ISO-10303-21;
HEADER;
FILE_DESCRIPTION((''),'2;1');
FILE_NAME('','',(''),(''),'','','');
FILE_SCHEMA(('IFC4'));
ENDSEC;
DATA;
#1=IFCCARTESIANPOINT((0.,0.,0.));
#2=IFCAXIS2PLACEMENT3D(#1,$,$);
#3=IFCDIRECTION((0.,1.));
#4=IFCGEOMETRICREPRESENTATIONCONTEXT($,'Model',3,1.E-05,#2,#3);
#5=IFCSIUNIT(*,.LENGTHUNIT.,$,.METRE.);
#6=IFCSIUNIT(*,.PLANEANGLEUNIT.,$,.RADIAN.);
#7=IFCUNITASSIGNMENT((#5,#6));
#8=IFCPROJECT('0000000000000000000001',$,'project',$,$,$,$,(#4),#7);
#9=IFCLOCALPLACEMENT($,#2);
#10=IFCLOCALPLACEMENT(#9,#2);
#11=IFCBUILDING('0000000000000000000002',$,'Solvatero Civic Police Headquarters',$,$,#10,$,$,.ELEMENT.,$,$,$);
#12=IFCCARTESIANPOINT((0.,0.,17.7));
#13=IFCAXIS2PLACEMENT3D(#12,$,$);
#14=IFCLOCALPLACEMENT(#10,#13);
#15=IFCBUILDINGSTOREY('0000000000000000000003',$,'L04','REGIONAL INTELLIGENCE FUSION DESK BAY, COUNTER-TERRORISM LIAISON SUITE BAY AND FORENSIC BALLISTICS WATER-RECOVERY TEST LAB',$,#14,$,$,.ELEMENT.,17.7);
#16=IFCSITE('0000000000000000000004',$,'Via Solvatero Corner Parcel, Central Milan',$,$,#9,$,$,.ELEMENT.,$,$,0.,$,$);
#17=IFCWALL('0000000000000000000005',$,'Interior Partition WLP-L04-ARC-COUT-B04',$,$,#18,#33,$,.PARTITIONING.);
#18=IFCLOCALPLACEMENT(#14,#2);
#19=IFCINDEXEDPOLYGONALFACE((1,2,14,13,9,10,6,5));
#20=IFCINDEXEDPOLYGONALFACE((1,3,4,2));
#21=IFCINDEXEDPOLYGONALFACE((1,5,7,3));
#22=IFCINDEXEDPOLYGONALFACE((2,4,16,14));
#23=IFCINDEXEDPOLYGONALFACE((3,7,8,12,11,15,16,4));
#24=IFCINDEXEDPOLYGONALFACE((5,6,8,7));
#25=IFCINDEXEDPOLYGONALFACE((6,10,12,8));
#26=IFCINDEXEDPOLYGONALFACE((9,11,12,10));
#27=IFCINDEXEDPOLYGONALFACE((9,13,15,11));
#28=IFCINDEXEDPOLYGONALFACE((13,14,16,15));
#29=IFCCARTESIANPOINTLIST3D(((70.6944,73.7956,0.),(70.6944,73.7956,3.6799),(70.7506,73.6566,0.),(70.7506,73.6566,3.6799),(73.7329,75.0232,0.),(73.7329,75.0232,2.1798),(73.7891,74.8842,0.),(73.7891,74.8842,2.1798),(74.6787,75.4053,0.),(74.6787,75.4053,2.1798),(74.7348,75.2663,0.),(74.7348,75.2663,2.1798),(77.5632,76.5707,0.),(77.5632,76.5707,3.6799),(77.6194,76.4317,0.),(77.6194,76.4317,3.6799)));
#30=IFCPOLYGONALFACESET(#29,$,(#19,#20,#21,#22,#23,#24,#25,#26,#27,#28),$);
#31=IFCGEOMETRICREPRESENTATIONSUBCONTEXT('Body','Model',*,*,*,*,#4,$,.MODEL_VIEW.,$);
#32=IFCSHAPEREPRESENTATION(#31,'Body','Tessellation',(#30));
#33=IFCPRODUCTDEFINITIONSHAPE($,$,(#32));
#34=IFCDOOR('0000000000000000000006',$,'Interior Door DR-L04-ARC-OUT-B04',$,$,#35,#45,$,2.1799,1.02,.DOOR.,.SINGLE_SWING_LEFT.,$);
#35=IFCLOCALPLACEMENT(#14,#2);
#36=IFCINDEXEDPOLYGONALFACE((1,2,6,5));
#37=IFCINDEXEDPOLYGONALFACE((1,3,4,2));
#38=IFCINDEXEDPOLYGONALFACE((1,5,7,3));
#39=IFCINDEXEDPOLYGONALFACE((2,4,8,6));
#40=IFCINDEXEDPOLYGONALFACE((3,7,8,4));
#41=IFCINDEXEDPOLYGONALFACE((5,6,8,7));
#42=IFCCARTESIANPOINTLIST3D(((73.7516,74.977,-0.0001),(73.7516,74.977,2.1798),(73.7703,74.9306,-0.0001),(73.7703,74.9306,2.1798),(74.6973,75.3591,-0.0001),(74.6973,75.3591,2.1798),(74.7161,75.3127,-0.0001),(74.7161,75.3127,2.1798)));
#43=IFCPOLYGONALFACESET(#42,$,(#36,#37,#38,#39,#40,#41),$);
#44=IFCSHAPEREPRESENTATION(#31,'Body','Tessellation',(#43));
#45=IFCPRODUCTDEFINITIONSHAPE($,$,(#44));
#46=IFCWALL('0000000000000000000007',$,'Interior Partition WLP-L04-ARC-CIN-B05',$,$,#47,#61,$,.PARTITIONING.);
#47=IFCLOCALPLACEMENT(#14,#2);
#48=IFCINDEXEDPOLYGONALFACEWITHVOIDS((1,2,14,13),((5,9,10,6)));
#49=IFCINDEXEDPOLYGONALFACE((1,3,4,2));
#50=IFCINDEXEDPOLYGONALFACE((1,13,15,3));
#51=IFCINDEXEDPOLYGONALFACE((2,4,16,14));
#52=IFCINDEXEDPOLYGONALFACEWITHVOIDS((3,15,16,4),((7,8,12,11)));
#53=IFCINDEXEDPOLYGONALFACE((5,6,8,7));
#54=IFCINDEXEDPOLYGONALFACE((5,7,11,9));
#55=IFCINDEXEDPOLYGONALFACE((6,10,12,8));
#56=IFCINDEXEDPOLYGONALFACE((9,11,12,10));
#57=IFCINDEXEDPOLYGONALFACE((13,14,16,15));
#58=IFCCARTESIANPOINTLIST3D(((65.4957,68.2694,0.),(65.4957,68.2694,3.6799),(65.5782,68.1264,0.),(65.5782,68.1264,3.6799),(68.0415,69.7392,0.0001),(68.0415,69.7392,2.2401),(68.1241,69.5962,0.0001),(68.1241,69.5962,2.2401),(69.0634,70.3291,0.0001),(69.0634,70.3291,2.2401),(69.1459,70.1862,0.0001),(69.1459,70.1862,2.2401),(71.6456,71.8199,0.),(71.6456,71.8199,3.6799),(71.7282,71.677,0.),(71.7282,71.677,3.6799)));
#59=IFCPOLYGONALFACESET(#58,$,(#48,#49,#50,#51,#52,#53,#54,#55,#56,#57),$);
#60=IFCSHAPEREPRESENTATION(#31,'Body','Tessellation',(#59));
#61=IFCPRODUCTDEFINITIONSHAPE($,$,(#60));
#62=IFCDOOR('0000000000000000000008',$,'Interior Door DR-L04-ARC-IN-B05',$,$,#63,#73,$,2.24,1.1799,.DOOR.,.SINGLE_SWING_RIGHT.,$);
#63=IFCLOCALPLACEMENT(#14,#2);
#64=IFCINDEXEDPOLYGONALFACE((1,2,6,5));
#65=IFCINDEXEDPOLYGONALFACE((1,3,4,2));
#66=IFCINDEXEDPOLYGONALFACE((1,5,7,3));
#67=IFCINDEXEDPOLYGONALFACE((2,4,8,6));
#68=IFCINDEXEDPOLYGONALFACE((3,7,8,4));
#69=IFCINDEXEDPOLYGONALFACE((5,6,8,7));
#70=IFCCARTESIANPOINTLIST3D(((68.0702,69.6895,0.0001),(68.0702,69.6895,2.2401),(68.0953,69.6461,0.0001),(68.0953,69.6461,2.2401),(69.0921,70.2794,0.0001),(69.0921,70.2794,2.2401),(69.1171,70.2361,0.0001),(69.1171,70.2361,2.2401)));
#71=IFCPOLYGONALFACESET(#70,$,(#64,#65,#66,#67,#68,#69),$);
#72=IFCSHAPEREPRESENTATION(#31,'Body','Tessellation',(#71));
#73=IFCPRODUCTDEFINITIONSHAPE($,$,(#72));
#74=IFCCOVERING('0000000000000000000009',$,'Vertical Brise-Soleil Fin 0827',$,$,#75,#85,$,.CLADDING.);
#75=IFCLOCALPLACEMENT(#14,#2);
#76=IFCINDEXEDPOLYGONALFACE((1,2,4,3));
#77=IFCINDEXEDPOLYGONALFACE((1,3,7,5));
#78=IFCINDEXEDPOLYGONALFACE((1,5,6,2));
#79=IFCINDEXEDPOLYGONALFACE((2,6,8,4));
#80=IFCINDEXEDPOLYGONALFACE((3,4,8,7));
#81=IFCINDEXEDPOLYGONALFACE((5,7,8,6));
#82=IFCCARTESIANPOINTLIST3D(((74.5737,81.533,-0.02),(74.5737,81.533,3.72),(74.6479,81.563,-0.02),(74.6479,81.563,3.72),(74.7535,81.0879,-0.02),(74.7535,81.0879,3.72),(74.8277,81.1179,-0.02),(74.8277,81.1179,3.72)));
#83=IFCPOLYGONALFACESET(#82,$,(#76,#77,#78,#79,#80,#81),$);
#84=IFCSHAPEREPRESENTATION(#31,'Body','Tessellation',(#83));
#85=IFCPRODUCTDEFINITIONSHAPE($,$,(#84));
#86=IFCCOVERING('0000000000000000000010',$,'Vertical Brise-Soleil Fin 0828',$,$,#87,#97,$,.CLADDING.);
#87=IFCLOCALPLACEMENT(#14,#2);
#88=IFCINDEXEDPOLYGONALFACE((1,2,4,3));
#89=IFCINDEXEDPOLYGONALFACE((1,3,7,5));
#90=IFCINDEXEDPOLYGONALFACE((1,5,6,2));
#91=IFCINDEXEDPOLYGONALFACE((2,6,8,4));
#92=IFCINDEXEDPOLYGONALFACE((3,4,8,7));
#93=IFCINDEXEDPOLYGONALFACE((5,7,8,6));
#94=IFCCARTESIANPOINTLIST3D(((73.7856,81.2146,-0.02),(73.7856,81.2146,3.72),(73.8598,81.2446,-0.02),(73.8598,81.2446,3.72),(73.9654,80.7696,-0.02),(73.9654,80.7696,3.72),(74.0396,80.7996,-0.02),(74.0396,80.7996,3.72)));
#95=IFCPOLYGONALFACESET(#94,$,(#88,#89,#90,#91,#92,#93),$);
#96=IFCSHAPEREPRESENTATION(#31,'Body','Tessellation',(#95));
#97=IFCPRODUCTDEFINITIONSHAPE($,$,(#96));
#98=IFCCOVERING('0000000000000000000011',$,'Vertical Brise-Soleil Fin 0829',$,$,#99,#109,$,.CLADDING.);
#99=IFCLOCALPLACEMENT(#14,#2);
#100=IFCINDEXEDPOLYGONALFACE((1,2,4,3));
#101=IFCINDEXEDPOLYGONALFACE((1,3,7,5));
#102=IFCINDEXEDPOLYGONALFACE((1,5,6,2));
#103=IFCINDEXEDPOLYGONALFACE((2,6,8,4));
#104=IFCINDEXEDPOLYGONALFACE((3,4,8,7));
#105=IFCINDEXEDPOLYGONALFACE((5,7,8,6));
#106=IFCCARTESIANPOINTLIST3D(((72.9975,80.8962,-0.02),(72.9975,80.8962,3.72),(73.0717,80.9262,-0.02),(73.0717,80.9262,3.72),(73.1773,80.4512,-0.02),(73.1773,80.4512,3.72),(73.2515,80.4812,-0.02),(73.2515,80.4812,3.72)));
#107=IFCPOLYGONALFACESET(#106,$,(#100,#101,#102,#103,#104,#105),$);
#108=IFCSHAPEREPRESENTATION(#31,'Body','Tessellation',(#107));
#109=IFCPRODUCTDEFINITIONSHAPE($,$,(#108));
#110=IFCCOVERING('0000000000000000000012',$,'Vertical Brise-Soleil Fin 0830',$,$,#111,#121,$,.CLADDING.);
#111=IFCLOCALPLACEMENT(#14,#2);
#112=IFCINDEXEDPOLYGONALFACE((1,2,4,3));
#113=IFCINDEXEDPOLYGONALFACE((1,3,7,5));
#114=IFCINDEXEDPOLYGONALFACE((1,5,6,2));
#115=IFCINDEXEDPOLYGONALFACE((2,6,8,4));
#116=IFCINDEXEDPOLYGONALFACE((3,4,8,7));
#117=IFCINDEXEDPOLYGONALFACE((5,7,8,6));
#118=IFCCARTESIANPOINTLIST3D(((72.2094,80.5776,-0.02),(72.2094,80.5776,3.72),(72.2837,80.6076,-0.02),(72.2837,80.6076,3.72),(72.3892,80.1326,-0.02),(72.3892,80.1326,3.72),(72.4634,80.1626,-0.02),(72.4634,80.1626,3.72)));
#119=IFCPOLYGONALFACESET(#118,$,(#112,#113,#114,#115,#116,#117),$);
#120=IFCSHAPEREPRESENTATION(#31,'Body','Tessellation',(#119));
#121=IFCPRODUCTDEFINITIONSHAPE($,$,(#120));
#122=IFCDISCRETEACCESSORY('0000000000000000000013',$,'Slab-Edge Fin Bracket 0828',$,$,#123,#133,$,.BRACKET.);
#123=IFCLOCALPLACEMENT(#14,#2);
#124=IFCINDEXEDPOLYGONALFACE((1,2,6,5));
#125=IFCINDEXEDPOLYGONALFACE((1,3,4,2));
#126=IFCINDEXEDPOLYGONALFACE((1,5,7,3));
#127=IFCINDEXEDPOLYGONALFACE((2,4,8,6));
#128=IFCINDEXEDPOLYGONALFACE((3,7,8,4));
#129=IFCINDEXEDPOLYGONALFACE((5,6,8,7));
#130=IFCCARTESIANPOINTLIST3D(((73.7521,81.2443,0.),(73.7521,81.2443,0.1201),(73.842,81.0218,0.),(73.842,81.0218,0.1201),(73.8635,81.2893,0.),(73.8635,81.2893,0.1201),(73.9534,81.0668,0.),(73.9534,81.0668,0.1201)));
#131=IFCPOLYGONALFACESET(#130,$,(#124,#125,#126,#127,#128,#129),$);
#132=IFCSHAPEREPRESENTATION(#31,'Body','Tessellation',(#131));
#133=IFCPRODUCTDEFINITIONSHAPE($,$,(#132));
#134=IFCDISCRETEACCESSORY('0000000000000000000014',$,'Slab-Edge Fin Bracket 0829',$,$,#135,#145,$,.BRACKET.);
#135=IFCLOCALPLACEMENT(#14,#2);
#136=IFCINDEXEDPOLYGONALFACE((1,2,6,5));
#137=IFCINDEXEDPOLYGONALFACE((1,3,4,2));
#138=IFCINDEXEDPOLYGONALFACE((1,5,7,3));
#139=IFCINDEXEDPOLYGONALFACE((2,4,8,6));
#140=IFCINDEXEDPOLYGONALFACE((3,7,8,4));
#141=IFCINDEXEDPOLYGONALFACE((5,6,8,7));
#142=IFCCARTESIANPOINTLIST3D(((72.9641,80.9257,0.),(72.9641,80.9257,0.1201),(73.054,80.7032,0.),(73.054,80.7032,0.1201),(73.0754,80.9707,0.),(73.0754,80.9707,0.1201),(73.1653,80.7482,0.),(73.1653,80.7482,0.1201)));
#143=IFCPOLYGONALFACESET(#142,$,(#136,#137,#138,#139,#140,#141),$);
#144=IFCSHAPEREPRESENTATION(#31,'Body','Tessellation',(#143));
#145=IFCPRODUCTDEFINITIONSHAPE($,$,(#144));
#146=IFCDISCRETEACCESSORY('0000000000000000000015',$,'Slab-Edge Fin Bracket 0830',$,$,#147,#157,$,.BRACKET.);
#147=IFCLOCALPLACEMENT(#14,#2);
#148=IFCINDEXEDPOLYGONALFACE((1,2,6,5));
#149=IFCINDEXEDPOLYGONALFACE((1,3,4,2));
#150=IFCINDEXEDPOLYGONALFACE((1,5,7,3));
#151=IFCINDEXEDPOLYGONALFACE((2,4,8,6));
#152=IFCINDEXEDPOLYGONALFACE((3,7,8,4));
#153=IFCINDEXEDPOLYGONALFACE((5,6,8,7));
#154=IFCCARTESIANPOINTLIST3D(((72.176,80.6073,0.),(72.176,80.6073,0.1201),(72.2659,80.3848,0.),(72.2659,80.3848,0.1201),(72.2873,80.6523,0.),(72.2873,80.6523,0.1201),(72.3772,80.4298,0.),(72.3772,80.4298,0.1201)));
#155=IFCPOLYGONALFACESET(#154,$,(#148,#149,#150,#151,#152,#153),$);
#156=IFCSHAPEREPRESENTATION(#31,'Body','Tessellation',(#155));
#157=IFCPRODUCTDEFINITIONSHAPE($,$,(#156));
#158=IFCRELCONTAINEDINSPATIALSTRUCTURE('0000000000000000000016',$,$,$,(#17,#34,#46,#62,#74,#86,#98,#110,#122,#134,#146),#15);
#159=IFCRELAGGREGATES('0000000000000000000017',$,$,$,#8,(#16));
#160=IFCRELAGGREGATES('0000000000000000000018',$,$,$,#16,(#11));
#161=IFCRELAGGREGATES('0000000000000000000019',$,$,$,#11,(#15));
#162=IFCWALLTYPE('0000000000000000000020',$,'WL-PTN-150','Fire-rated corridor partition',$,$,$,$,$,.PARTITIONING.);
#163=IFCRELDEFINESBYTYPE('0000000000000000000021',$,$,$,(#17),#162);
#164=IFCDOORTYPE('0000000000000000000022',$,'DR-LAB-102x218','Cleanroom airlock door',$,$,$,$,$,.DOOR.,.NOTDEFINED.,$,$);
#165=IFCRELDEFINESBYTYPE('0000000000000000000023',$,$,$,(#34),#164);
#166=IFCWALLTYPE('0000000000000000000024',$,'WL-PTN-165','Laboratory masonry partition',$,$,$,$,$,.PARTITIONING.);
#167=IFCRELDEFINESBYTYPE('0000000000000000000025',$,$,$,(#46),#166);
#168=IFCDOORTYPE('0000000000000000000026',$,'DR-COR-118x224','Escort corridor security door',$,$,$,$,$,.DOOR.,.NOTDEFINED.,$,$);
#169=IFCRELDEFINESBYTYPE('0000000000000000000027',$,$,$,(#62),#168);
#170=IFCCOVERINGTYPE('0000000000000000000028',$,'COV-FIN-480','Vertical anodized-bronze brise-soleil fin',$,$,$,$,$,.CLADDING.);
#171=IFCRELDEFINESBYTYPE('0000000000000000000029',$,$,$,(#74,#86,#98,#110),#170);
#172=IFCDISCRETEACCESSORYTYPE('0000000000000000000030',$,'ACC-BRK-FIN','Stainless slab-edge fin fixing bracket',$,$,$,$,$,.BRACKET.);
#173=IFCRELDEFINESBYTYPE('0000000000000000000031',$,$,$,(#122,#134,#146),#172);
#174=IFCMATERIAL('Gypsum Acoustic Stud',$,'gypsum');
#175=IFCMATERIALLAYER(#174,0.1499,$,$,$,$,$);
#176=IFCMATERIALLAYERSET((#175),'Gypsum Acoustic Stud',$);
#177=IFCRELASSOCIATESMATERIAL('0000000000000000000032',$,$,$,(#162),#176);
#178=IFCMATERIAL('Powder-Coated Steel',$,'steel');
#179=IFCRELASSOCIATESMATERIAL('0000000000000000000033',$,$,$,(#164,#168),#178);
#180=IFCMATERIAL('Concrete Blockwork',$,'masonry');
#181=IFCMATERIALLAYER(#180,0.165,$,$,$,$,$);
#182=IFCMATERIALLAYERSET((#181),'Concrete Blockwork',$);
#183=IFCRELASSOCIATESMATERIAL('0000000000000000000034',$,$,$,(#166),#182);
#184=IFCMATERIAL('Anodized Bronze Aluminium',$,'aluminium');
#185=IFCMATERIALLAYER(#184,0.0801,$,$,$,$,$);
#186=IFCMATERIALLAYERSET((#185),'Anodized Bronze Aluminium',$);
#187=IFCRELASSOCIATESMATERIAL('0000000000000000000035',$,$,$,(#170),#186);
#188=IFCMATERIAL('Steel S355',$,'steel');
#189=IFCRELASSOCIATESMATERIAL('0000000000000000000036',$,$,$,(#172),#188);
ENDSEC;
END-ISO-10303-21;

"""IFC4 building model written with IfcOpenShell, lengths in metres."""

from ifc_helpers import new_model, si_unit, direction, frame, frame_2d, origin, origin_2d, place, context, subcontext, project, spatial, rectangle, extrude, material, layer, layer_set, type_object, element, fill, save


model = new_model("IFC4")

# Units and contexts
model_context = context("Model", 3, precision=1e-05, world=origin(), true_north=direction((0.0, 1.0)))
body_context = subcontext(model_context, "Body", "Model", "MODEL_VIEW")
ifc_project = project(units=[si_unit("LENGTHUNIT", "METRE"), si_unit("PLANEANGLEUNIT", "RADIAN")], contexts=[model_context])

# Site, building, storey
site_placement = place(None, origin())
site = spatial("IfcSite", under=ifc_project, at=site_placement, Name="Via Solvatero Corner Parcel, Central Milan", CompositionType="ELEMENT", RefElevation=0.0)
building_placement = place(site_placement, origin())
building = spatial("IfcBuilding", under=site, at=building_placement, Name="Solvatero Civic Police Headquarters", CompositionType="ELEMENT")
storey_placement = place(building_placement, frame((0.0, 0.0, 17.7)))
storey = spatial("IfcBuildingStorey", under=building, at=storey_placement, Name="L04", Description="REGIONAL INTELLIGENCE FUSION DESK BAY, COUNTER-TERRORISM LIAISON SUITE BAY AND FORENSIC BALLISTICS WATER-RECOVERY TEST LAB", CompositionType="ELEMENT", Elevation=17.7)

# Shared definitions
ifc_material_1 = material(Name="Steel S355", Category="steel")

# Shared definitions
ifc_material_2 = material(Name="Anodized Bronze Aluminium", Category="aluminium")

# Walls, openings, doors
ifc_material_3 = material(Name="Gypsum Acoustic Stud", Category="gypsum")
ifc_layer_1 = layer(ifc_material_3, 0.1499)
ifc_layer_set_1 = layer_set([ifc_layer_1], Name="Gypsum Acoustic Stud")
wall_type_1 = type_object("IfcWallType", Name="WL-PTN-150", Description="Fire-rated corridor partition", PredefinedType="PARTITIONING", material=ifc_layer_set_1)
ifc_material_4 = material(Name="Powder-Coated Steel", Category="steel")
wall_1_placement = place(storey_placement, frame((77.5913, 76.5012, 0.0), z_axis=(0.0, 0.0, 1.0), x_axis=(-0.927187, -0.374599, 0.0)))
wall_1 = element("IfcWall", 1, at=wall_1_placement, inside=storey, type_object=wall_type_1, Name="Interior Partition WLP-L04-ARC-COUT-B04", PredefinedType="PARTITIONING", context=body_context, shape_type="SweptSolid", body=[
    extrude(rectangle(XDim=7.4082, YDim=0.1499, at=frame_2d((3.7041, 0.0))), origin(), (0.0, 0.0, 1.0), 3.6799),
])
opening_1_placement = place(wall_1_placement, frame((3.1111, 0.0, 0.0)))
opening_1 = element("IfcOpeningElement", 2, at=opening_1_placement, cuts=wall_1, PredefinedType="OPENING", context=body_context, shape_type="SweptSolid", body=[
    extrude(rectangle(XDim=1.02, YDim=2.1799, at=frame_2d((0.51, 1.0898))), frame((0.0, 0.085, 0.0), z_axis=(0.0, -1.0, 0.0), x_axis=(1.0, 0.0, 0.0)), (0.0, 0.0, 1.0), 0.1699),
])
door_type_1 = type_object("IfcDoorType", Name="DR-LAB-102x218", Description="Cleanroom airlock door", OperationType="NOTDEFINED", PredefinedType="DOOR", material=ifc_material_4)
door_1_placement = place(opening_1_placement, origin())
door_1 = element("IfcDoor", 3, at=door_1_placement, inside=storey, type_object=door_type_1, Name="Interior Door DR-L04-ARC-OUT-B04", OperationType="SINGLE_SWING_LEFT", OverallHeight=2.1799, OverallWidth=1.02, PredefinedType="DOOR", context=body_context, shape_type="SweptSolid", body=[
    extrude(rectangle(XDim=1.02, YDim=2.1799, at=frame_2d((0.51, 1.0898))), frame((0.0, 0.0249, 0.0), z_axis=(0.0, -1.0, 0.0), x_axis=(1.0, 0.0, 0.0)), (0.0, 0.0, 1.0), 0.05),
])
fill(opening_1, door_1)
ifc_material_5 = material(Name="Concrete Blockwork", Category="masonry")
ifc_layer_2 = layer(ifc_material_5, 0.165)
ifc_layer_set_2 = layer_set([ifc_layer_2], Name="Concrete Blockwork")
wall_type_2 = type_object("IfcWallType", Name="WL-PTN-165", Description="Laboratory masonry partition", PredefinedType="PARTITIONING", material=ifc_layer_set_2)
wall_2_placement = place(storey_placement, frame((71.687, 71.7485, 0.0), z_axis=(0.0, 0.0, 1.0), x_axis=(-0.866032, -0.499988, 0.0)))
wall_2 = element("IfcWall", 4, at=wall_2_placement, inside=storey, type_object=wall_type_2, Name="Interior Partition WLP-L04-ARC-CIN-B05", PredefinedType="PARTITIONING", context=body_context, shape_type="SweptSolid", body=[
    extrude(rectangle(XDim=7.1013, YDim=0.165, at=frame_2d((3.5508, 0.0))), origin(), (0.0, 0.0, 1.0), 3.6799),
])
opening_2_placement = place(wall_2_placement, frame((2.9819, 0.0, 0.0)))
opening_2 = element("IfcOpeningElement", 5, at=opening_2_placement, cuts=wall_2, PredefinedType="OPENING", context=body_context, shape_type="SweptSolid", body=[
    extrude(rectangle(XDim=1.1799, YDim=2.24, at=frame_2d((0.5898, 1.1201))), frame((0.0, 0.0925, 0.0), z_axis=(0.0, -1.0, 0.0), x_axis=(1.0, 0.0, 0.0)), (0.0, 0.0, 1.0), 0.1851),
])
door_type_2 = type_object("IfcDoorType", Name="DR-COR-118x224", Description="Escort corridor security door", OperationType="NOTDEFINED", PredefinedType="DOOR", material=ifc_material_4)
door_2_placement = place(opening_2_placement, origin())
door_2 = element("IfcDoor", 6, at=door_2_placement, inside=storey, type_object=door_type_2, Name="Interior Door DR-L04-ARC-IN-B05", OperationType="SINGLE_SWING_RIGHT", OverallHeight=2.24, OverallWidth=1.1799, PredefinedType="DOOR", context=body_context, shape_type="SweptSolid", body=[
    extrude(rectangle(XDim=1.1799, YDim=2.24, at=frame_2d((0.5898, 1.1201))), frame((0.0, 0.0249, 0.0), z_axis=(0.0, -1.0, 0.0), x_axis=(1.0, 0.0, 0.0)), (0.0, 0.0, 1.0), 0.05),
])
fill(opening_2, door_2)

# Coverings
ifc_layer_3 = layer(ifc_material_2, 0.0801)
ifc_layer_set_3 = layer_set([ifc_layer_3], Name="Anodized Bronze Aluminium")
covering_type = type_object("IfcCoveringType", Name="COV-FIN-480", Description="Vertical anodized-bronze brise-soleil fin", PredefinedType="CLADDING", material=ifc_layer_set_3)
for number, where, z_axis, x_axis, name in (
    (7, (74.7007, 81.3254, -0.02), (0.0, 0.0, 1.0), (-0.92719, -0.37459, 0.0), "Vertical Brise-Soleil Fin 0827"),
    (8, (73.9126, 81.0071, -0.02), (0.0, 0.0, 1.0), (-0.92719, -0.37459, 0.0), "Vertical Brise-Soleil Fin 0828"),
    (9, (73.1245, 80.6887, -0.02), (0.0, 0.0, 1.0), (-0.92719, -0.37459, 0.0), "Vertical Brise-Soleil Fin 0829"),
    (10, (72.3364, 80.3701, -0.02), (0.0, 0.0, 1.0), (-0.92719, -0.37459, 0.0), "Vertical Brise-Soleil Fin 0830"),
):
    element("IfcCovering", number, at=place(storey_placement, frame(where, z_axis=z_axis, x_axis=x_axis)), inside=storey, type_object=covering_type, Name=name, PredefinedType="CLADDING", context=body_context, shape_type="SweptSolid", body=[
        extrude(rectangle(XDim=0.0801, YDim=0.48, at=origin_2d()), origin(), (0.0, 0.0, 1.0), 3.74),
    ])

# Discrete accessories
discrete_accessory_type = type_object("IfcDiscreteAccessoryType", Name="ACC-BRK-FIN", Description="Stainless slab-edge fin fixing bracket", PredefinedType="BRACKET", material=ifc_material_1)
for number, where, z_axis, x_axis, name in (
    (11, (73.8528, 81.1555, 0.0), (0.0, 0.0, 1.0), (-0.92719, -0.37459, 0.0), "Slab-Edge Fin Bracket 0828"),
    (12, (73.0647, 80.8369, 0.0), (0.0, 0.0, 1.0), (-0.92719, -0.37459, 0.0), "Slab-Edge Fin Bracket 0829"),
    (13, (72.2766, 80.5186, 0.0), (0.0, 0.0, 1.0), (-0.92719, -0.37459, 0.0), "Slab-Edge Fin Bracket 0830"),
):
    element("IfcDiscreteAccessory", number, at=place(storey_placement, frame(where, z_axis=z_axis, x_axis=x_axis)), inside=storey, type_object=discrete_accessory_type, Name=name, PredefinedType="BRACKET", context=body_context, shape_type="SweptSolid", body=[
        extrude(rectangle(XDim=0.1201, YDim=0.24, at=origin_2d()), origin(), (0.0, 0.0, 1.0), 0.1201),
    ])

save(model, "model.ifc")
